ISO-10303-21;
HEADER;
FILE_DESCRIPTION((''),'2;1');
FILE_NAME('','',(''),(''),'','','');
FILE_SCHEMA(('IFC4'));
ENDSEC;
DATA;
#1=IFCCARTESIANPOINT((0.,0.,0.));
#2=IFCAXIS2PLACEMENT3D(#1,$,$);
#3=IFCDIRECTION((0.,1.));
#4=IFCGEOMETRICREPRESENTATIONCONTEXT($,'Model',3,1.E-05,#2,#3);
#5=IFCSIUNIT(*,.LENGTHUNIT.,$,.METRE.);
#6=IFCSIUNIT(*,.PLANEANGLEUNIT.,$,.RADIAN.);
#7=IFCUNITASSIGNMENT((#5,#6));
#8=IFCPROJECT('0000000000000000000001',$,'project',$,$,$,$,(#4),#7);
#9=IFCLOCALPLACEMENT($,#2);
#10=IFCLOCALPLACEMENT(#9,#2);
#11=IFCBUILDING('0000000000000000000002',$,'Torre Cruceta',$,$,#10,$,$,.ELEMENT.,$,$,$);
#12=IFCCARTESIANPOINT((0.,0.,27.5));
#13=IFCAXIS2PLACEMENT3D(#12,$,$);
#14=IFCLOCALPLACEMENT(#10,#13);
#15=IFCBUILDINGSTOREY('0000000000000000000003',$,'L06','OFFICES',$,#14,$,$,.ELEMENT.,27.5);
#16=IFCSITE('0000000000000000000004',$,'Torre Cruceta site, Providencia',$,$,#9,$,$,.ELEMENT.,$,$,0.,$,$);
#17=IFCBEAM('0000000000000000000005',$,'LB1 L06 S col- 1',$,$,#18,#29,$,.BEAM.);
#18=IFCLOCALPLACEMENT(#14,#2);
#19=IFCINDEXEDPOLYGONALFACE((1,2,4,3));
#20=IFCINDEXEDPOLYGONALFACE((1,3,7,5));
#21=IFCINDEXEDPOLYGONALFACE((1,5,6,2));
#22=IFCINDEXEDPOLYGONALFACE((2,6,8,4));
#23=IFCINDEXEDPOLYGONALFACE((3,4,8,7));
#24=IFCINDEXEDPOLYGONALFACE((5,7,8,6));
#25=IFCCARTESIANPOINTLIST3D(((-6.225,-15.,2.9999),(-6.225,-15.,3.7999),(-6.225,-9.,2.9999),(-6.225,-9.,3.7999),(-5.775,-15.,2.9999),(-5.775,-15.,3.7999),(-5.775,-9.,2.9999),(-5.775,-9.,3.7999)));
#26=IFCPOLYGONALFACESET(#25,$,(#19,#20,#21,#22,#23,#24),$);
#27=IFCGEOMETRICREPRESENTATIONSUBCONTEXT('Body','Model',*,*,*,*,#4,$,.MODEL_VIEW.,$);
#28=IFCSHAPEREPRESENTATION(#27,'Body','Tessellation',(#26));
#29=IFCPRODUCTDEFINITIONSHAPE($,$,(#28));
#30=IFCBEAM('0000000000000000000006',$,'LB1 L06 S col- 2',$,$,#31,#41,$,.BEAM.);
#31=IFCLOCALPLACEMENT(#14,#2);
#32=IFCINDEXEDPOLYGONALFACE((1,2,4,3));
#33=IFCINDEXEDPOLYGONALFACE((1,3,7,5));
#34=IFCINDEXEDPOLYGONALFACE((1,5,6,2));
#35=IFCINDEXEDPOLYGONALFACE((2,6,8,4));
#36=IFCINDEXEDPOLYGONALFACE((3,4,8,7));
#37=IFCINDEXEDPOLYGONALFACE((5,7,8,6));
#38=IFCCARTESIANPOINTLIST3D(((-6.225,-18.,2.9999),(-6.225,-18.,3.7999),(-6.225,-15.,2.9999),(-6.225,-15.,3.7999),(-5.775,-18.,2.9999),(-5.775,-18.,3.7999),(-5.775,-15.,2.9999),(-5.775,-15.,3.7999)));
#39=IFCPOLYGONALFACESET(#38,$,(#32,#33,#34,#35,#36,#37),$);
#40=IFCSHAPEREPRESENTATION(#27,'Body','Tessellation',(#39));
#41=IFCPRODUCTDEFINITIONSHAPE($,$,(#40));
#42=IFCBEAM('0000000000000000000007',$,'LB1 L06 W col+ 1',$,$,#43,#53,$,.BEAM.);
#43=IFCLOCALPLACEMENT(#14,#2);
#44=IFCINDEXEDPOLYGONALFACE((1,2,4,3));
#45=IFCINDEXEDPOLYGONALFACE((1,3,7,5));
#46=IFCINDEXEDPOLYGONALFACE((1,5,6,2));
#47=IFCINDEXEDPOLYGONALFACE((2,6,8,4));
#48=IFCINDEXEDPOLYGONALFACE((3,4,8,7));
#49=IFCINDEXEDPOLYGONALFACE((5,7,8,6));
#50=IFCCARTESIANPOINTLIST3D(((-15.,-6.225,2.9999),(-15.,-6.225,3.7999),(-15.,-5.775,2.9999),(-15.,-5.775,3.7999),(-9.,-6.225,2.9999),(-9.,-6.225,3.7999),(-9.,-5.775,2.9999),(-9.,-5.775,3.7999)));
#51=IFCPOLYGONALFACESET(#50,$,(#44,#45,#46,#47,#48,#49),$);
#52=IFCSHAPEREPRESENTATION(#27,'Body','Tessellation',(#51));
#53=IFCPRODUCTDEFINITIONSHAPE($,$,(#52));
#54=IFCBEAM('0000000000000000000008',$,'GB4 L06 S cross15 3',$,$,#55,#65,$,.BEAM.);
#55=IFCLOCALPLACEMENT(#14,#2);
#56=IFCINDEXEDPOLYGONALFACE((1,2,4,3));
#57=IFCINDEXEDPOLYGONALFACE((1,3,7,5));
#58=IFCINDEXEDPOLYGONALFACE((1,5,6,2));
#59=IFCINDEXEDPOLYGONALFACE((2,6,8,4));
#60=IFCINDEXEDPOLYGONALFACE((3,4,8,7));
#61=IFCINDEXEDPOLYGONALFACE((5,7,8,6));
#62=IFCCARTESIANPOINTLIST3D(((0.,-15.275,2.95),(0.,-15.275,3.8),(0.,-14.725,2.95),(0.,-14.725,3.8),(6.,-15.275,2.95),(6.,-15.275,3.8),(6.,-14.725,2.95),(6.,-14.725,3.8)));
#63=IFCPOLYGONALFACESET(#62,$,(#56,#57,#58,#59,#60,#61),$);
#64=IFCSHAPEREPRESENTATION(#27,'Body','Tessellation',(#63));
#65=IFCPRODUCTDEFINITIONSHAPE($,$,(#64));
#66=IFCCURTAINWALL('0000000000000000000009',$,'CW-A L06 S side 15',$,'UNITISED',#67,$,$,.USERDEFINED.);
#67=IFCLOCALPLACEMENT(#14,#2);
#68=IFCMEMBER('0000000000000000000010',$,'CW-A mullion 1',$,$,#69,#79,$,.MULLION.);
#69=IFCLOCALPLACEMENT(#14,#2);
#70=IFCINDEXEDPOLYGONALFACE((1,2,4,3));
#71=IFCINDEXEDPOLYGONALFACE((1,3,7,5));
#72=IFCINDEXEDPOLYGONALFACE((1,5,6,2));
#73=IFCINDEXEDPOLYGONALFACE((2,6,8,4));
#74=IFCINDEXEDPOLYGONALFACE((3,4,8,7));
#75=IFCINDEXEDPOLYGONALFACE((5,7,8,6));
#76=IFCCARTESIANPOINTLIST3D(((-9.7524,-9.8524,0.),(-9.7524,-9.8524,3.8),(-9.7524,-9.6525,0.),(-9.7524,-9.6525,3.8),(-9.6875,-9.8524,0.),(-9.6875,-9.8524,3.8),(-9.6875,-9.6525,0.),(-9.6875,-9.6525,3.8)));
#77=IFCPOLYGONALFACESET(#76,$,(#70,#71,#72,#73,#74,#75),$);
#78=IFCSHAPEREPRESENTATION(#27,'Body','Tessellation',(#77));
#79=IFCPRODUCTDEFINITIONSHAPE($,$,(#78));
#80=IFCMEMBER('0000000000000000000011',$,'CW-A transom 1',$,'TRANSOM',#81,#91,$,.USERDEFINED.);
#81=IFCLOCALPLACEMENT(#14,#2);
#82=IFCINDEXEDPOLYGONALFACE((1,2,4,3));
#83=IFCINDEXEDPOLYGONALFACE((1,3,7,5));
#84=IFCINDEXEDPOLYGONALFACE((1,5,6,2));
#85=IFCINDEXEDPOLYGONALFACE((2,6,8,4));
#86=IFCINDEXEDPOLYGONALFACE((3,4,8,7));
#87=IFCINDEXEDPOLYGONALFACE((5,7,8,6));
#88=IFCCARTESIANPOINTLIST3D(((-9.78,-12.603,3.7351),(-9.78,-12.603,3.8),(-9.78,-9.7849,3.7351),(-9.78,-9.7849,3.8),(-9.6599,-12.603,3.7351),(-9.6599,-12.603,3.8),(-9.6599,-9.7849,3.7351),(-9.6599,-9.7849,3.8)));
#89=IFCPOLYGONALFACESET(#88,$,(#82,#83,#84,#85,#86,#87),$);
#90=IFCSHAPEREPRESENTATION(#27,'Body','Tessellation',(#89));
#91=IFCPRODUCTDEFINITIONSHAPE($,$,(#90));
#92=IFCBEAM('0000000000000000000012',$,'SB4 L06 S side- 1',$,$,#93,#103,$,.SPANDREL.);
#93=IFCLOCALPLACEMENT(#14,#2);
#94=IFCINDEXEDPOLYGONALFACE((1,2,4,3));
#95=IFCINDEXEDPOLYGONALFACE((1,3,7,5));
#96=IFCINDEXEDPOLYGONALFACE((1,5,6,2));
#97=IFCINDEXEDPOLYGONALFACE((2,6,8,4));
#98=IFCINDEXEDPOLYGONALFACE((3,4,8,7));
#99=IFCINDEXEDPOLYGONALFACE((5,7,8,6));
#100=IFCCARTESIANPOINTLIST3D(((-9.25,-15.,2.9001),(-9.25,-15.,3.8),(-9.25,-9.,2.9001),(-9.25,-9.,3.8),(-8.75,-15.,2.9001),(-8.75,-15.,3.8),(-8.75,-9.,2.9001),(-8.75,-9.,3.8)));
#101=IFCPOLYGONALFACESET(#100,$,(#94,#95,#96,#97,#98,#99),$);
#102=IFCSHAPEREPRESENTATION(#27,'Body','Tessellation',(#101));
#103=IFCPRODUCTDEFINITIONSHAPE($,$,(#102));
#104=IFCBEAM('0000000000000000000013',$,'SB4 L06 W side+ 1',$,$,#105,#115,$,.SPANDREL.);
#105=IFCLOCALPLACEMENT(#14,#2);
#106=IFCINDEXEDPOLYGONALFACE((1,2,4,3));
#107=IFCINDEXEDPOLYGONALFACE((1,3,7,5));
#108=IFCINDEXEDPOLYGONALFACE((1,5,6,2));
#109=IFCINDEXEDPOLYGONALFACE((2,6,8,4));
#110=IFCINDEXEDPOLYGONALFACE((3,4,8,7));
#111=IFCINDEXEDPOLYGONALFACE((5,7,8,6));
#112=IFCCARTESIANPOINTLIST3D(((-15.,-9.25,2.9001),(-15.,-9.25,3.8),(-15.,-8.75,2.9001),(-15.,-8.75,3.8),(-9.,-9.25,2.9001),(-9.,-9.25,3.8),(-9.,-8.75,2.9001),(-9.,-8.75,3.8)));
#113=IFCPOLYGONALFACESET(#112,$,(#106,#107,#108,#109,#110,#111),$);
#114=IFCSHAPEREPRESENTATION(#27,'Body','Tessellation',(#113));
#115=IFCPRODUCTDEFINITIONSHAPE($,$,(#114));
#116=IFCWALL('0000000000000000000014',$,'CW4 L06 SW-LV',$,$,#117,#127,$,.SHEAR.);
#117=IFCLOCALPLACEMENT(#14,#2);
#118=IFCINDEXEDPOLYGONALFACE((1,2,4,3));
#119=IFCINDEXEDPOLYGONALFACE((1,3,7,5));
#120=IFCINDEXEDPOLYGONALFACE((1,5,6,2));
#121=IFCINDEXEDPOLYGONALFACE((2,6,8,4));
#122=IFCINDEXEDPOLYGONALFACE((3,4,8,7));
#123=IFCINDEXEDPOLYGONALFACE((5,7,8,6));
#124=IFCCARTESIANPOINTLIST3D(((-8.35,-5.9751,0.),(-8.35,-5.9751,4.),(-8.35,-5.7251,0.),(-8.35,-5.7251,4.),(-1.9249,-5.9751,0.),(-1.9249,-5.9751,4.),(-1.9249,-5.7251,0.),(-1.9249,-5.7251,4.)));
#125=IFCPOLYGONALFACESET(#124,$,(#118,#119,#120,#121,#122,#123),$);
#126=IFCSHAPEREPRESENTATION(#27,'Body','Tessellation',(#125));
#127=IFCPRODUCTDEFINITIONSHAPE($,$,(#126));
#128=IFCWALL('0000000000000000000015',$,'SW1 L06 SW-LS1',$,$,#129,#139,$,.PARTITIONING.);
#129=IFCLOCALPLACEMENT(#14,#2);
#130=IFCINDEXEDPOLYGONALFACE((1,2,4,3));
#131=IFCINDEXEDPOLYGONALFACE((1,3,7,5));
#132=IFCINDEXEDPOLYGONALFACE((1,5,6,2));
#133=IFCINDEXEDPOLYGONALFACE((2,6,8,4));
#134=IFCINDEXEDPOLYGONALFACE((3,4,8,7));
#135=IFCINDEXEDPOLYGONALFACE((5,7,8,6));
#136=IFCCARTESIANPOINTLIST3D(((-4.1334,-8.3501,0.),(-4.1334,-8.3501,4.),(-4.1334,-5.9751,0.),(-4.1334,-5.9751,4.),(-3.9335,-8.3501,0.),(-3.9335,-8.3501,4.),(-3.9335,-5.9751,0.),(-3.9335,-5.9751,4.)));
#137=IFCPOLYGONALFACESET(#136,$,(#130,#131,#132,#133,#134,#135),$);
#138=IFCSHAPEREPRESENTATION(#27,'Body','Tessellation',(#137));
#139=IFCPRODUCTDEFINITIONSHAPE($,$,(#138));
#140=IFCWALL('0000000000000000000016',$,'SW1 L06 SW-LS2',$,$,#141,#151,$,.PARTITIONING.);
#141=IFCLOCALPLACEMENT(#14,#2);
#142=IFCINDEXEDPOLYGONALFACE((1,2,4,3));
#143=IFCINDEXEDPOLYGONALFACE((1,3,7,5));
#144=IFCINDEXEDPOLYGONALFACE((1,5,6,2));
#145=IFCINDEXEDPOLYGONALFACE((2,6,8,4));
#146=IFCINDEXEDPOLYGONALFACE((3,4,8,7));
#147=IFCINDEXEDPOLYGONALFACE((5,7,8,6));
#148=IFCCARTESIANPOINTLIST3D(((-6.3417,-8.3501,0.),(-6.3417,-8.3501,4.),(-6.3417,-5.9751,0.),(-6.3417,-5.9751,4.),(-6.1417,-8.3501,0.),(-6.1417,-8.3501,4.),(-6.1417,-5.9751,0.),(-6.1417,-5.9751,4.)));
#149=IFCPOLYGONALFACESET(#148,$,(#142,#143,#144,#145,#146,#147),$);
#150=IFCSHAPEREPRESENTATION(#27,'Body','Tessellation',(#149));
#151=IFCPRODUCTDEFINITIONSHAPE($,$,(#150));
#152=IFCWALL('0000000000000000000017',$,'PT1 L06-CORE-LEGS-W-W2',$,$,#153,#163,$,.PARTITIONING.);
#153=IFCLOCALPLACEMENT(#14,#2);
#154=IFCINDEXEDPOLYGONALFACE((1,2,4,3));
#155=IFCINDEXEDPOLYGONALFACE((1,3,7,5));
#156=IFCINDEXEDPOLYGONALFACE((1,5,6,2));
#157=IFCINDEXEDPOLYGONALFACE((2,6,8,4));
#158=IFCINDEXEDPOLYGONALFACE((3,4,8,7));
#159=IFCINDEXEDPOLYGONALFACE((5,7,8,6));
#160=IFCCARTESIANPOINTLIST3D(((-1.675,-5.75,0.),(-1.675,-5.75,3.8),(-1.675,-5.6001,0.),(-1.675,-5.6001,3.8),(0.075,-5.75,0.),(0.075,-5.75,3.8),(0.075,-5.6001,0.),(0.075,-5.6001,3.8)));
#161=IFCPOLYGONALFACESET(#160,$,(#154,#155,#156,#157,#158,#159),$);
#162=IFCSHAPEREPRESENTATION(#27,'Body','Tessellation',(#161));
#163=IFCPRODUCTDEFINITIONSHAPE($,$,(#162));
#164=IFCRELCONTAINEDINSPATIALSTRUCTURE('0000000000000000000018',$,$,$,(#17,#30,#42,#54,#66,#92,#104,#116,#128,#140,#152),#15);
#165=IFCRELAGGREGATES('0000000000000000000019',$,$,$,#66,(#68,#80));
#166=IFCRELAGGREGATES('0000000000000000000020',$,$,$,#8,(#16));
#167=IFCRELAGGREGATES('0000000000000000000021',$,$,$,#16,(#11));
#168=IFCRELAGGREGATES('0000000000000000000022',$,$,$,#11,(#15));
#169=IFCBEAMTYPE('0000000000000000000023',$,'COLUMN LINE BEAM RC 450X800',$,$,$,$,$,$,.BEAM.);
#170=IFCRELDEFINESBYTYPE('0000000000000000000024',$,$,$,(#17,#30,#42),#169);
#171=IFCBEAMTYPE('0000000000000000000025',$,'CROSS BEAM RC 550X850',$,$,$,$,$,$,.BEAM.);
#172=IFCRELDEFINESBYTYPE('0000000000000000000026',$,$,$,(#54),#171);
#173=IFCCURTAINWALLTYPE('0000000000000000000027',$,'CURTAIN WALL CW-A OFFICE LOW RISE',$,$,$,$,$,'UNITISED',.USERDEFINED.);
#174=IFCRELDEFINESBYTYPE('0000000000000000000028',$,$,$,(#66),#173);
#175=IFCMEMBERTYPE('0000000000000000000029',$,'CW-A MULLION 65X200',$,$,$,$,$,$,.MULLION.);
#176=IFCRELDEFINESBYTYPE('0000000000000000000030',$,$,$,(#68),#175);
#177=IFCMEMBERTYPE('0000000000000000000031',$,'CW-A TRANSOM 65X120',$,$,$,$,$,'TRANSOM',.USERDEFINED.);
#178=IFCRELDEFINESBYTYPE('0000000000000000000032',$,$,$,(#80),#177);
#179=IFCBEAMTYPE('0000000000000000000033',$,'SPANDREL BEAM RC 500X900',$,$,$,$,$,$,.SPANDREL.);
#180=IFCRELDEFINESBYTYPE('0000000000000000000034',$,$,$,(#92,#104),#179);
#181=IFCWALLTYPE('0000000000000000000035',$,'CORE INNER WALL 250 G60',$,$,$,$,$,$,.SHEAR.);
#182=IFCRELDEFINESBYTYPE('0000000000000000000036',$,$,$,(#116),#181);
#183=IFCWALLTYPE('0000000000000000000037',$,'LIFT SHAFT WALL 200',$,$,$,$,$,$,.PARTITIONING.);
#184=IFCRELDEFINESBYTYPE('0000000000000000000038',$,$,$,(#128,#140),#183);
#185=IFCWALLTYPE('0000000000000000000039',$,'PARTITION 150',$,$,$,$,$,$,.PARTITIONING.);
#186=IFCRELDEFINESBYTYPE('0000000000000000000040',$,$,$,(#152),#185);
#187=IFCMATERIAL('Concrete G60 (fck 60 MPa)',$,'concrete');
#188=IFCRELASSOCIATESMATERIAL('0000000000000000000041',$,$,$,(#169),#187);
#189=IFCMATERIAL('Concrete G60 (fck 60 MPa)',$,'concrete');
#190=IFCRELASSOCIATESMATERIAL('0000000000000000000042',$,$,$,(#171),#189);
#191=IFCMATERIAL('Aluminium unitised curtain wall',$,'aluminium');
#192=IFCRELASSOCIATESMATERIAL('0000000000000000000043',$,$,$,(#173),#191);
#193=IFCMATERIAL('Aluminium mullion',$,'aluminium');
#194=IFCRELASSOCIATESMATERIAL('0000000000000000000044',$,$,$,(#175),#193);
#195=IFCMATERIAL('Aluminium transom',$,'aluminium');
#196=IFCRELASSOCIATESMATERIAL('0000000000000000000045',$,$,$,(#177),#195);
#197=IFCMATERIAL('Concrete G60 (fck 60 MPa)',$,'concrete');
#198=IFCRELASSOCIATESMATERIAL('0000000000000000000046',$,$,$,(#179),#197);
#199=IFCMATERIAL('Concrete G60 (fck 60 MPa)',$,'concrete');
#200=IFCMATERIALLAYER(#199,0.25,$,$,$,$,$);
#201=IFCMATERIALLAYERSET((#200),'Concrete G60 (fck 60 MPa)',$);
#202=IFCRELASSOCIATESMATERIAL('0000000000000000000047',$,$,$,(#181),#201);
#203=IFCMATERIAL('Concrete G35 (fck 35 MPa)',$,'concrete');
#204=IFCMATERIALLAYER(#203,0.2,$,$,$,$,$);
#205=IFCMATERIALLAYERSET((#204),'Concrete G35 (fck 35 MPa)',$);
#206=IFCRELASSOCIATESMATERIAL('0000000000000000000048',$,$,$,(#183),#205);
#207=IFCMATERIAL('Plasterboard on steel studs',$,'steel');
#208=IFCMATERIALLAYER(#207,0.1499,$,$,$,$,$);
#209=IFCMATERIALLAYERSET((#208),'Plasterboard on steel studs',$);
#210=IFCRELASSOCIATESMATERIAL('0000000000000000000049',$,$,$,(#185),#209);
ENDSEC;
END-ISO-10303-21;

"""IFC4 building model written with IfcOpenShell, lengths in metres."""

from ifc_helpers import new_model, si_unit, direction, frame, frame_2d, origin, origin_2d, place, context, subcontext, project, spatial, rectangle, extrude, material, layer, layer_set, material_profile, profile_set, type_object, element, aggregate, save


model = new_model("IFC4")

# Units and contexts
model_context = context("Model", 3, precision=1e-05, world=origin(), true_north=direction((0.0, 1.0)))
body_context = subcontext(model_context, "Body", "Model", "MODEL_VIEW")
ifc_project = project(units=[si_unit("LENGTHUNIT", "METRE"), si_unit("PLANEANGLEUNIT", "RADIAN")], contexts=[model_context])

# Site, building, storey
site_placement = place(None, origin())
site = spatial("IfcSite", under=ifc_project, at=site_placement, Name="Torre Cruceta site, Providencia", CompositionType="ELEMENT", RefElevation=0.0)
building_placement = place(site_placement, origin())
building = spatial("IfcBuilding", under=site, at=building_placement, Name="Torre Cruceta", CompositionType="ELEMENT")
storey_placement = place(building_placement, frame((0.0, 0.0, 27.5)))
storey = spatial("IfcBuildingStorey", under=building, at=storey_placement, Name="L06", Description="OFFICES", CompositionType="ELEMENT", Elevation=27.5)

# Beams
ifc_material_1 = material(Name="Concrete G60 (fck 60 MPa)", Category="concrete")
ifc_material_profile_1 = material_profile(ifc_material_1, rectangle(XDim=0.45, YDim=0.8, at=origin_2d()), Name="RC 450X800")
ifc_profile_set_1 = profile_set([ifc_material_profile_1], Name="Concrete G60 (fck 60 MPa)")
beam_type_1 = type_object("IfcBeamType", Name="COLUMN LINE BEAM RC 450X800", PredefinedType="BEAM", material=ifc_profile_set_1)
beam_1_placement = place(storey_placement, frame((-6.0, -9.0, 3.3999), z_axis=(0.0, -1.0, 0.0), x_axis=(1.0, 0.0, 0.0)))
element("IfcBeam", 1, at=beam_1_placement, inside=storey, type_object=beam_type_1, Name="LB1 L06 S col- 1", PredefinedType="BEAM", context=body_context, shape_type="SweptSolid", body=[
    extrude(rectangle(XDim=0.45, YDim=0.8, at=origin_2d()), origin(), (0.0, 0.0, 1.0), 6.0),
])
beam_2_placement = place(storey_placement, frame((-6.0, -15.0, 3.3999), z_axis=(0.0, -1.0, 0.0), x_axis=(1.0, 0.0, 0.0)))
element("IfcBeam", 2, at=beam_2_placement, inside=storey, type_object=beam_type_1, Name="LB1 L06 S col- 2", PredefinedType="BEAM", context=body_context, shape_type="SweptSolid", body=[
    extrude(rectangle(XDim=0.45, YDim=0.8, at=origin_2d()), origin(), (0.0, 0.0, 1.0), 3.0),
])
beam_3_placement = place(storey_placement, frame((-9.0, -6.0, 3.3999), z_axis=(-1.0, 0.0, 0.0), x_axis=(0.0, -1.0, 0.0)))
element("IfcBeam", 3, at=beam_3_placement, inside=storey, type_object=beam_type_1, Name="LB1 L06 W col+ 1", PredefinedType="BEAM", context=body_context, shape_type="SweptSolid", body=[
    extrude(rectangle(XDim=0.45, YDim=0.8, at=origin_2d()), origin(), (0.0, 0.0, 1.0), 6.0),
])
ifc_material_2 = material(Name="Concrete G60 (fck 60 MPa)", Category="concrete")
ifc_material_profile_2 = material_profile(ifc_material_2, rectangle(XDim=0.55, YDim=0.8501, at=origin_2d()), Name="RC 550X850")
ifc_profile_set_2 = profile_set([ifc_material_profile_2], Name="Concrete G60 (fck 60 MPa)")
beam_type_2 = type_object("IfcBeamType", Name="CROSS BEAM RC 550X850", PredefinedType="BEAM", material=ifc_profile_set_2)
beam_4_placement = place(storey_placement, frame((0.0, -15.0, 3.375), z_axis=(1.0, 0.0, 0.0), x_axis=(0.0, 1.0, 0.0)))
element("IfcBeam", 4, at=beam_4_placement, inside=storey, type_object=beam_type_2, Name="GB4 L06 S cross15 3", PredefinedType="BEAM", context=body_context, shape_type="SweptSolid", body=[
    extrude(rectangle(XDim=0.55, YDim=0.8501, at=origin_2d()), origin(), (0.0, 0.0, 1.0), 6.0),
])

# Curtain wall, members
ifc_material_3 = material(Name="Aluminium unitised curtain wall", Category="aluminium")
curtain_wall_type = type_object("IfcCurtainWallType", Name="CURTAIN WALL CW-A OFFICE LOW RISE", ElementType="UNITISED", PredefinedType="USERDEFINED", material=ifc_material_3)
curtain_wall_placement = place(storey_placement, origin())
curtain_wall = element("IfcCurtainWall", 5, at=curtain_wall_placement, inside=storey, type_object=curtain_wall_type, Name="CW-A L06 S side 15", ObjectType="UNITISED", PredefinedType="USERDEFINED")
ifc_material_4 = material(Name="Aluminium mullion", Category="aluminium")
ifc_material_profile_3 = material_profile(ifc_material_4, rectangle(XDim=0.0649, YDim=0.2, at=origin_2d()), Name="AL 65X200")
ifc_profile_set_3 = profile_set([ifc_material_profile_3], Name="Aluminium mullion")
member_type_1 = type_object("IfcMemberType", Name="CW-A MULLION 65X200", PredefinedType="MULLION", material=ifc_profile_set_3)
member_1_placement = place(storey_placement, frame((-9.72, -9.7524, 0.0), z_axis=(0.0, 0.0, 1.0), x_axis=(1.0, 0.0, 0.0)))
member_1 = element("IfcMember", 6, at=member_1_placement, type_object=member_type_1, Name="CW-A mullion 1", PredefinedType="MULLION", context=body_context, shape_type="SweptSolid", body=[
    extrude(rectangle(XDim=0.0649, YDim=0.2, at=origin_2d()), origin(), (0.0, 0.0, 1.0), 3.8),
])
ifc_material_5 = material(Name="Aluminium transom", Category="aluminium")
ifc_material_profile_4 = material_profile(ifc_material_5, rectangle(XDim=0.1201, YDim=0.0649, at=origin_2d()), Name="AL 120X65")
ifc_profile_set_4 = profile_set([ifc_material_profile_4], Name="Aluminium transom")
member_type_2 = type_object("IfcMemberType", Name="CW-A TRANSOM 65X120", ElementType="TRANSOM", PredefinedType="USERDEFINED", material=ifc_profile_set_4)
member_2_placement = place(storey_placement, frame((-9.72, -9.7849, 3.7676), z_axis=(0.0, -1.0, 0.0), x_axis=(1.0, 0.0, 0.0)))
member_2 = element("IfcMember", 7, at=member_2_placement, type_object=member_type_2, Name="CW-A transom 1", ObjectType="TRANSOM", PredefinedType="USERDEFINED", context=body_context, shape_type="SweptSolid", body=[
    extrude(rectangle(XDim=0.1201, YDim=0.0649, at=origin_2d()), origin(), (0.0, 0.0, 1.0), 2.8181),
])
aggregate(curtain_wall, [member_1, member_2])

# Beams
ifc_material_6 = material(Name="Concrete G60 (fck 60 MPa)", Category="concrete")
ifc_material_profile_5 = material_profile(ifc_material_6, rectangle(XDim=0.5, YDim=0.8999, at=origin_2d()), Name="RC 500X900")
ifc_profile_set_5 = profile_set([ifc_material_profile_5], Name="Concrete G60 (fck 60 MPa)")
beam_type_3 = type_object("IfcBeamType", Name="SPANDREL BEAM RC 500X900", PredefinedType="SPANDREL", material=ifc_profile_set_5)
for number, where, z_axis, x_axis, name in (
    (8, (-9.0, -9.0, 3.3501), (0.0, -1.0, 0.0), (1.0, 0.0, 0.0), "SB4 L06 S side- 1"),
    (9, (-9.0, -9.0, 3.3501), (-1.0, 0.0, 0.0), (0.0, -1.0, 0.0), "SB4 L06 W side+ 1"),
):
    element("IfcBeam", number, at=place(storey_placement, frame(where, z_axis=z_axis, x_axis=x_axis)), inside=storey, type_object=beam_type_3, Name=name, PredefinedType="SPANDREL", context=body_context, shape_type="SweptSolid", body=[
        extrude(rectangle(XDim=0.5, YDim=0.8999, at=origin_2d()), origin(), (0.0, 0.0, 1.0), 6.0),
    ])

# Wall
ifc_material_7 = material(Name="Concrete G60 (fck 60 MPa)", Category="concrete")
ifc_layer_1 = layer(ifc_material_7, 0.25)
ifc_layer_set_1 = layer_set([ifc_layer_1], Name="Concrete G60 (fck 60 MPa)")
wall_type_1 = type_object("IfcWallType", Name="CORE INNER WALL 250 G60", PredefinedType="SHEAR", material=ifc_layer_set_1)
wall_1_placement = place(storey_placement, frame((-1.925, -5.8501, 0.0), z_axis=(0.0, 0.0, 1.0), x_axis=(-1.0, 0.0, 0.0)))
element("IfcWall", 10, at=wall_1_placement, inside=storey, type_object=wall_type_1, Name="CW4 L06 SW-LV", PredefinedType="SHEAR", context=body_context, shape_type="SweptSolid", body=[
    extrude(rectangle(XDim=6.425, YDim=0.25, at=frame_2d((3.2124, 0.0))), origin(), (0.0, 0.0, 1.0), 4.0),
])

# Walls
ifc_material_8 = material(Name="Concrete G35 (fck 35 MPa)", Category="concrete")
ifc_layer_2 = layer(ifc_material_8, 0.2)
ifc_layer_set_2 = layer_set([ifc_layer_2], Name="Concrete G35 (fck 35 MPa)")
wall_type_2 = type_object("IfcWallType", Name="LIFT SHAFT WALL 200", PredefinedType="PARTITIONING", material=ifc_layer_set_2)
for number, where, z_axis, x_axis, name in (
    (11, (-4.0334, -5.9751, 0.0), (0.0, 0.0, 1.0), (0.0, -1.0, 0.0), "SW1 L06 SW-LS1"),
    (12, (-6.2417, -5.9751, 0.0), (0.0, 0.0, 1.0), (0.0, -1.0, 0.0), "SW1 L06 SW-LS2"),
):
    element("IfcWall", number, at=place(storey_placement, frame(where, z_axis=z_axis, x_axis=x_axis)), inside=storey, type_object=wall_type_2, Name=name, PredefinedType="PARTITIONING", context=body_context, shape_type="SweptSolid", body=[
        extrude(rectangle(XDim=2.375, YDim=0.2, at=frame_2d((1.1875, 0.0))), origin(), (0.0, 0.0, 1.0), 4.0),
    ])
ifc_material_9 = material(Name="Plasterboard on steel studs", Category="steel")
ifc_layer_3 = layer(ifc_material_9, 0.1499)
ifc_layer_set_3 = layer_set([ifc_layer_3], Name="Plasterboard on steel studs")
wall_type_3 = type_object("IfcWallType", Name="PARTITION 150", PredefinedType="PARTITIONING", material=ifc_layer_set_3)
wall_2_placement = place(storey_placement, frame((-1.675, -5.675, 0.0), z_axis=(0.0, 0.0, 1.0), x_axis=(1.0, 0.0, 0.0)))
element("IfcWall", 13, at=wall_2_placement, inside=storey, type_object=wall_type_3, Name="PT1 L06-CORE-LEGS-W-W2", PredefinedType="PARTITIONING", context=body_context, shape_type="SweptSolid", body=[
    extrude(rectangle(XDim=1.75, YDim=0.1499, at=frame_2d((0.875, 0.0))), origin(), (0.0, 0.0, 1.0), 3.8),
])

save(model, "model.ifc")
